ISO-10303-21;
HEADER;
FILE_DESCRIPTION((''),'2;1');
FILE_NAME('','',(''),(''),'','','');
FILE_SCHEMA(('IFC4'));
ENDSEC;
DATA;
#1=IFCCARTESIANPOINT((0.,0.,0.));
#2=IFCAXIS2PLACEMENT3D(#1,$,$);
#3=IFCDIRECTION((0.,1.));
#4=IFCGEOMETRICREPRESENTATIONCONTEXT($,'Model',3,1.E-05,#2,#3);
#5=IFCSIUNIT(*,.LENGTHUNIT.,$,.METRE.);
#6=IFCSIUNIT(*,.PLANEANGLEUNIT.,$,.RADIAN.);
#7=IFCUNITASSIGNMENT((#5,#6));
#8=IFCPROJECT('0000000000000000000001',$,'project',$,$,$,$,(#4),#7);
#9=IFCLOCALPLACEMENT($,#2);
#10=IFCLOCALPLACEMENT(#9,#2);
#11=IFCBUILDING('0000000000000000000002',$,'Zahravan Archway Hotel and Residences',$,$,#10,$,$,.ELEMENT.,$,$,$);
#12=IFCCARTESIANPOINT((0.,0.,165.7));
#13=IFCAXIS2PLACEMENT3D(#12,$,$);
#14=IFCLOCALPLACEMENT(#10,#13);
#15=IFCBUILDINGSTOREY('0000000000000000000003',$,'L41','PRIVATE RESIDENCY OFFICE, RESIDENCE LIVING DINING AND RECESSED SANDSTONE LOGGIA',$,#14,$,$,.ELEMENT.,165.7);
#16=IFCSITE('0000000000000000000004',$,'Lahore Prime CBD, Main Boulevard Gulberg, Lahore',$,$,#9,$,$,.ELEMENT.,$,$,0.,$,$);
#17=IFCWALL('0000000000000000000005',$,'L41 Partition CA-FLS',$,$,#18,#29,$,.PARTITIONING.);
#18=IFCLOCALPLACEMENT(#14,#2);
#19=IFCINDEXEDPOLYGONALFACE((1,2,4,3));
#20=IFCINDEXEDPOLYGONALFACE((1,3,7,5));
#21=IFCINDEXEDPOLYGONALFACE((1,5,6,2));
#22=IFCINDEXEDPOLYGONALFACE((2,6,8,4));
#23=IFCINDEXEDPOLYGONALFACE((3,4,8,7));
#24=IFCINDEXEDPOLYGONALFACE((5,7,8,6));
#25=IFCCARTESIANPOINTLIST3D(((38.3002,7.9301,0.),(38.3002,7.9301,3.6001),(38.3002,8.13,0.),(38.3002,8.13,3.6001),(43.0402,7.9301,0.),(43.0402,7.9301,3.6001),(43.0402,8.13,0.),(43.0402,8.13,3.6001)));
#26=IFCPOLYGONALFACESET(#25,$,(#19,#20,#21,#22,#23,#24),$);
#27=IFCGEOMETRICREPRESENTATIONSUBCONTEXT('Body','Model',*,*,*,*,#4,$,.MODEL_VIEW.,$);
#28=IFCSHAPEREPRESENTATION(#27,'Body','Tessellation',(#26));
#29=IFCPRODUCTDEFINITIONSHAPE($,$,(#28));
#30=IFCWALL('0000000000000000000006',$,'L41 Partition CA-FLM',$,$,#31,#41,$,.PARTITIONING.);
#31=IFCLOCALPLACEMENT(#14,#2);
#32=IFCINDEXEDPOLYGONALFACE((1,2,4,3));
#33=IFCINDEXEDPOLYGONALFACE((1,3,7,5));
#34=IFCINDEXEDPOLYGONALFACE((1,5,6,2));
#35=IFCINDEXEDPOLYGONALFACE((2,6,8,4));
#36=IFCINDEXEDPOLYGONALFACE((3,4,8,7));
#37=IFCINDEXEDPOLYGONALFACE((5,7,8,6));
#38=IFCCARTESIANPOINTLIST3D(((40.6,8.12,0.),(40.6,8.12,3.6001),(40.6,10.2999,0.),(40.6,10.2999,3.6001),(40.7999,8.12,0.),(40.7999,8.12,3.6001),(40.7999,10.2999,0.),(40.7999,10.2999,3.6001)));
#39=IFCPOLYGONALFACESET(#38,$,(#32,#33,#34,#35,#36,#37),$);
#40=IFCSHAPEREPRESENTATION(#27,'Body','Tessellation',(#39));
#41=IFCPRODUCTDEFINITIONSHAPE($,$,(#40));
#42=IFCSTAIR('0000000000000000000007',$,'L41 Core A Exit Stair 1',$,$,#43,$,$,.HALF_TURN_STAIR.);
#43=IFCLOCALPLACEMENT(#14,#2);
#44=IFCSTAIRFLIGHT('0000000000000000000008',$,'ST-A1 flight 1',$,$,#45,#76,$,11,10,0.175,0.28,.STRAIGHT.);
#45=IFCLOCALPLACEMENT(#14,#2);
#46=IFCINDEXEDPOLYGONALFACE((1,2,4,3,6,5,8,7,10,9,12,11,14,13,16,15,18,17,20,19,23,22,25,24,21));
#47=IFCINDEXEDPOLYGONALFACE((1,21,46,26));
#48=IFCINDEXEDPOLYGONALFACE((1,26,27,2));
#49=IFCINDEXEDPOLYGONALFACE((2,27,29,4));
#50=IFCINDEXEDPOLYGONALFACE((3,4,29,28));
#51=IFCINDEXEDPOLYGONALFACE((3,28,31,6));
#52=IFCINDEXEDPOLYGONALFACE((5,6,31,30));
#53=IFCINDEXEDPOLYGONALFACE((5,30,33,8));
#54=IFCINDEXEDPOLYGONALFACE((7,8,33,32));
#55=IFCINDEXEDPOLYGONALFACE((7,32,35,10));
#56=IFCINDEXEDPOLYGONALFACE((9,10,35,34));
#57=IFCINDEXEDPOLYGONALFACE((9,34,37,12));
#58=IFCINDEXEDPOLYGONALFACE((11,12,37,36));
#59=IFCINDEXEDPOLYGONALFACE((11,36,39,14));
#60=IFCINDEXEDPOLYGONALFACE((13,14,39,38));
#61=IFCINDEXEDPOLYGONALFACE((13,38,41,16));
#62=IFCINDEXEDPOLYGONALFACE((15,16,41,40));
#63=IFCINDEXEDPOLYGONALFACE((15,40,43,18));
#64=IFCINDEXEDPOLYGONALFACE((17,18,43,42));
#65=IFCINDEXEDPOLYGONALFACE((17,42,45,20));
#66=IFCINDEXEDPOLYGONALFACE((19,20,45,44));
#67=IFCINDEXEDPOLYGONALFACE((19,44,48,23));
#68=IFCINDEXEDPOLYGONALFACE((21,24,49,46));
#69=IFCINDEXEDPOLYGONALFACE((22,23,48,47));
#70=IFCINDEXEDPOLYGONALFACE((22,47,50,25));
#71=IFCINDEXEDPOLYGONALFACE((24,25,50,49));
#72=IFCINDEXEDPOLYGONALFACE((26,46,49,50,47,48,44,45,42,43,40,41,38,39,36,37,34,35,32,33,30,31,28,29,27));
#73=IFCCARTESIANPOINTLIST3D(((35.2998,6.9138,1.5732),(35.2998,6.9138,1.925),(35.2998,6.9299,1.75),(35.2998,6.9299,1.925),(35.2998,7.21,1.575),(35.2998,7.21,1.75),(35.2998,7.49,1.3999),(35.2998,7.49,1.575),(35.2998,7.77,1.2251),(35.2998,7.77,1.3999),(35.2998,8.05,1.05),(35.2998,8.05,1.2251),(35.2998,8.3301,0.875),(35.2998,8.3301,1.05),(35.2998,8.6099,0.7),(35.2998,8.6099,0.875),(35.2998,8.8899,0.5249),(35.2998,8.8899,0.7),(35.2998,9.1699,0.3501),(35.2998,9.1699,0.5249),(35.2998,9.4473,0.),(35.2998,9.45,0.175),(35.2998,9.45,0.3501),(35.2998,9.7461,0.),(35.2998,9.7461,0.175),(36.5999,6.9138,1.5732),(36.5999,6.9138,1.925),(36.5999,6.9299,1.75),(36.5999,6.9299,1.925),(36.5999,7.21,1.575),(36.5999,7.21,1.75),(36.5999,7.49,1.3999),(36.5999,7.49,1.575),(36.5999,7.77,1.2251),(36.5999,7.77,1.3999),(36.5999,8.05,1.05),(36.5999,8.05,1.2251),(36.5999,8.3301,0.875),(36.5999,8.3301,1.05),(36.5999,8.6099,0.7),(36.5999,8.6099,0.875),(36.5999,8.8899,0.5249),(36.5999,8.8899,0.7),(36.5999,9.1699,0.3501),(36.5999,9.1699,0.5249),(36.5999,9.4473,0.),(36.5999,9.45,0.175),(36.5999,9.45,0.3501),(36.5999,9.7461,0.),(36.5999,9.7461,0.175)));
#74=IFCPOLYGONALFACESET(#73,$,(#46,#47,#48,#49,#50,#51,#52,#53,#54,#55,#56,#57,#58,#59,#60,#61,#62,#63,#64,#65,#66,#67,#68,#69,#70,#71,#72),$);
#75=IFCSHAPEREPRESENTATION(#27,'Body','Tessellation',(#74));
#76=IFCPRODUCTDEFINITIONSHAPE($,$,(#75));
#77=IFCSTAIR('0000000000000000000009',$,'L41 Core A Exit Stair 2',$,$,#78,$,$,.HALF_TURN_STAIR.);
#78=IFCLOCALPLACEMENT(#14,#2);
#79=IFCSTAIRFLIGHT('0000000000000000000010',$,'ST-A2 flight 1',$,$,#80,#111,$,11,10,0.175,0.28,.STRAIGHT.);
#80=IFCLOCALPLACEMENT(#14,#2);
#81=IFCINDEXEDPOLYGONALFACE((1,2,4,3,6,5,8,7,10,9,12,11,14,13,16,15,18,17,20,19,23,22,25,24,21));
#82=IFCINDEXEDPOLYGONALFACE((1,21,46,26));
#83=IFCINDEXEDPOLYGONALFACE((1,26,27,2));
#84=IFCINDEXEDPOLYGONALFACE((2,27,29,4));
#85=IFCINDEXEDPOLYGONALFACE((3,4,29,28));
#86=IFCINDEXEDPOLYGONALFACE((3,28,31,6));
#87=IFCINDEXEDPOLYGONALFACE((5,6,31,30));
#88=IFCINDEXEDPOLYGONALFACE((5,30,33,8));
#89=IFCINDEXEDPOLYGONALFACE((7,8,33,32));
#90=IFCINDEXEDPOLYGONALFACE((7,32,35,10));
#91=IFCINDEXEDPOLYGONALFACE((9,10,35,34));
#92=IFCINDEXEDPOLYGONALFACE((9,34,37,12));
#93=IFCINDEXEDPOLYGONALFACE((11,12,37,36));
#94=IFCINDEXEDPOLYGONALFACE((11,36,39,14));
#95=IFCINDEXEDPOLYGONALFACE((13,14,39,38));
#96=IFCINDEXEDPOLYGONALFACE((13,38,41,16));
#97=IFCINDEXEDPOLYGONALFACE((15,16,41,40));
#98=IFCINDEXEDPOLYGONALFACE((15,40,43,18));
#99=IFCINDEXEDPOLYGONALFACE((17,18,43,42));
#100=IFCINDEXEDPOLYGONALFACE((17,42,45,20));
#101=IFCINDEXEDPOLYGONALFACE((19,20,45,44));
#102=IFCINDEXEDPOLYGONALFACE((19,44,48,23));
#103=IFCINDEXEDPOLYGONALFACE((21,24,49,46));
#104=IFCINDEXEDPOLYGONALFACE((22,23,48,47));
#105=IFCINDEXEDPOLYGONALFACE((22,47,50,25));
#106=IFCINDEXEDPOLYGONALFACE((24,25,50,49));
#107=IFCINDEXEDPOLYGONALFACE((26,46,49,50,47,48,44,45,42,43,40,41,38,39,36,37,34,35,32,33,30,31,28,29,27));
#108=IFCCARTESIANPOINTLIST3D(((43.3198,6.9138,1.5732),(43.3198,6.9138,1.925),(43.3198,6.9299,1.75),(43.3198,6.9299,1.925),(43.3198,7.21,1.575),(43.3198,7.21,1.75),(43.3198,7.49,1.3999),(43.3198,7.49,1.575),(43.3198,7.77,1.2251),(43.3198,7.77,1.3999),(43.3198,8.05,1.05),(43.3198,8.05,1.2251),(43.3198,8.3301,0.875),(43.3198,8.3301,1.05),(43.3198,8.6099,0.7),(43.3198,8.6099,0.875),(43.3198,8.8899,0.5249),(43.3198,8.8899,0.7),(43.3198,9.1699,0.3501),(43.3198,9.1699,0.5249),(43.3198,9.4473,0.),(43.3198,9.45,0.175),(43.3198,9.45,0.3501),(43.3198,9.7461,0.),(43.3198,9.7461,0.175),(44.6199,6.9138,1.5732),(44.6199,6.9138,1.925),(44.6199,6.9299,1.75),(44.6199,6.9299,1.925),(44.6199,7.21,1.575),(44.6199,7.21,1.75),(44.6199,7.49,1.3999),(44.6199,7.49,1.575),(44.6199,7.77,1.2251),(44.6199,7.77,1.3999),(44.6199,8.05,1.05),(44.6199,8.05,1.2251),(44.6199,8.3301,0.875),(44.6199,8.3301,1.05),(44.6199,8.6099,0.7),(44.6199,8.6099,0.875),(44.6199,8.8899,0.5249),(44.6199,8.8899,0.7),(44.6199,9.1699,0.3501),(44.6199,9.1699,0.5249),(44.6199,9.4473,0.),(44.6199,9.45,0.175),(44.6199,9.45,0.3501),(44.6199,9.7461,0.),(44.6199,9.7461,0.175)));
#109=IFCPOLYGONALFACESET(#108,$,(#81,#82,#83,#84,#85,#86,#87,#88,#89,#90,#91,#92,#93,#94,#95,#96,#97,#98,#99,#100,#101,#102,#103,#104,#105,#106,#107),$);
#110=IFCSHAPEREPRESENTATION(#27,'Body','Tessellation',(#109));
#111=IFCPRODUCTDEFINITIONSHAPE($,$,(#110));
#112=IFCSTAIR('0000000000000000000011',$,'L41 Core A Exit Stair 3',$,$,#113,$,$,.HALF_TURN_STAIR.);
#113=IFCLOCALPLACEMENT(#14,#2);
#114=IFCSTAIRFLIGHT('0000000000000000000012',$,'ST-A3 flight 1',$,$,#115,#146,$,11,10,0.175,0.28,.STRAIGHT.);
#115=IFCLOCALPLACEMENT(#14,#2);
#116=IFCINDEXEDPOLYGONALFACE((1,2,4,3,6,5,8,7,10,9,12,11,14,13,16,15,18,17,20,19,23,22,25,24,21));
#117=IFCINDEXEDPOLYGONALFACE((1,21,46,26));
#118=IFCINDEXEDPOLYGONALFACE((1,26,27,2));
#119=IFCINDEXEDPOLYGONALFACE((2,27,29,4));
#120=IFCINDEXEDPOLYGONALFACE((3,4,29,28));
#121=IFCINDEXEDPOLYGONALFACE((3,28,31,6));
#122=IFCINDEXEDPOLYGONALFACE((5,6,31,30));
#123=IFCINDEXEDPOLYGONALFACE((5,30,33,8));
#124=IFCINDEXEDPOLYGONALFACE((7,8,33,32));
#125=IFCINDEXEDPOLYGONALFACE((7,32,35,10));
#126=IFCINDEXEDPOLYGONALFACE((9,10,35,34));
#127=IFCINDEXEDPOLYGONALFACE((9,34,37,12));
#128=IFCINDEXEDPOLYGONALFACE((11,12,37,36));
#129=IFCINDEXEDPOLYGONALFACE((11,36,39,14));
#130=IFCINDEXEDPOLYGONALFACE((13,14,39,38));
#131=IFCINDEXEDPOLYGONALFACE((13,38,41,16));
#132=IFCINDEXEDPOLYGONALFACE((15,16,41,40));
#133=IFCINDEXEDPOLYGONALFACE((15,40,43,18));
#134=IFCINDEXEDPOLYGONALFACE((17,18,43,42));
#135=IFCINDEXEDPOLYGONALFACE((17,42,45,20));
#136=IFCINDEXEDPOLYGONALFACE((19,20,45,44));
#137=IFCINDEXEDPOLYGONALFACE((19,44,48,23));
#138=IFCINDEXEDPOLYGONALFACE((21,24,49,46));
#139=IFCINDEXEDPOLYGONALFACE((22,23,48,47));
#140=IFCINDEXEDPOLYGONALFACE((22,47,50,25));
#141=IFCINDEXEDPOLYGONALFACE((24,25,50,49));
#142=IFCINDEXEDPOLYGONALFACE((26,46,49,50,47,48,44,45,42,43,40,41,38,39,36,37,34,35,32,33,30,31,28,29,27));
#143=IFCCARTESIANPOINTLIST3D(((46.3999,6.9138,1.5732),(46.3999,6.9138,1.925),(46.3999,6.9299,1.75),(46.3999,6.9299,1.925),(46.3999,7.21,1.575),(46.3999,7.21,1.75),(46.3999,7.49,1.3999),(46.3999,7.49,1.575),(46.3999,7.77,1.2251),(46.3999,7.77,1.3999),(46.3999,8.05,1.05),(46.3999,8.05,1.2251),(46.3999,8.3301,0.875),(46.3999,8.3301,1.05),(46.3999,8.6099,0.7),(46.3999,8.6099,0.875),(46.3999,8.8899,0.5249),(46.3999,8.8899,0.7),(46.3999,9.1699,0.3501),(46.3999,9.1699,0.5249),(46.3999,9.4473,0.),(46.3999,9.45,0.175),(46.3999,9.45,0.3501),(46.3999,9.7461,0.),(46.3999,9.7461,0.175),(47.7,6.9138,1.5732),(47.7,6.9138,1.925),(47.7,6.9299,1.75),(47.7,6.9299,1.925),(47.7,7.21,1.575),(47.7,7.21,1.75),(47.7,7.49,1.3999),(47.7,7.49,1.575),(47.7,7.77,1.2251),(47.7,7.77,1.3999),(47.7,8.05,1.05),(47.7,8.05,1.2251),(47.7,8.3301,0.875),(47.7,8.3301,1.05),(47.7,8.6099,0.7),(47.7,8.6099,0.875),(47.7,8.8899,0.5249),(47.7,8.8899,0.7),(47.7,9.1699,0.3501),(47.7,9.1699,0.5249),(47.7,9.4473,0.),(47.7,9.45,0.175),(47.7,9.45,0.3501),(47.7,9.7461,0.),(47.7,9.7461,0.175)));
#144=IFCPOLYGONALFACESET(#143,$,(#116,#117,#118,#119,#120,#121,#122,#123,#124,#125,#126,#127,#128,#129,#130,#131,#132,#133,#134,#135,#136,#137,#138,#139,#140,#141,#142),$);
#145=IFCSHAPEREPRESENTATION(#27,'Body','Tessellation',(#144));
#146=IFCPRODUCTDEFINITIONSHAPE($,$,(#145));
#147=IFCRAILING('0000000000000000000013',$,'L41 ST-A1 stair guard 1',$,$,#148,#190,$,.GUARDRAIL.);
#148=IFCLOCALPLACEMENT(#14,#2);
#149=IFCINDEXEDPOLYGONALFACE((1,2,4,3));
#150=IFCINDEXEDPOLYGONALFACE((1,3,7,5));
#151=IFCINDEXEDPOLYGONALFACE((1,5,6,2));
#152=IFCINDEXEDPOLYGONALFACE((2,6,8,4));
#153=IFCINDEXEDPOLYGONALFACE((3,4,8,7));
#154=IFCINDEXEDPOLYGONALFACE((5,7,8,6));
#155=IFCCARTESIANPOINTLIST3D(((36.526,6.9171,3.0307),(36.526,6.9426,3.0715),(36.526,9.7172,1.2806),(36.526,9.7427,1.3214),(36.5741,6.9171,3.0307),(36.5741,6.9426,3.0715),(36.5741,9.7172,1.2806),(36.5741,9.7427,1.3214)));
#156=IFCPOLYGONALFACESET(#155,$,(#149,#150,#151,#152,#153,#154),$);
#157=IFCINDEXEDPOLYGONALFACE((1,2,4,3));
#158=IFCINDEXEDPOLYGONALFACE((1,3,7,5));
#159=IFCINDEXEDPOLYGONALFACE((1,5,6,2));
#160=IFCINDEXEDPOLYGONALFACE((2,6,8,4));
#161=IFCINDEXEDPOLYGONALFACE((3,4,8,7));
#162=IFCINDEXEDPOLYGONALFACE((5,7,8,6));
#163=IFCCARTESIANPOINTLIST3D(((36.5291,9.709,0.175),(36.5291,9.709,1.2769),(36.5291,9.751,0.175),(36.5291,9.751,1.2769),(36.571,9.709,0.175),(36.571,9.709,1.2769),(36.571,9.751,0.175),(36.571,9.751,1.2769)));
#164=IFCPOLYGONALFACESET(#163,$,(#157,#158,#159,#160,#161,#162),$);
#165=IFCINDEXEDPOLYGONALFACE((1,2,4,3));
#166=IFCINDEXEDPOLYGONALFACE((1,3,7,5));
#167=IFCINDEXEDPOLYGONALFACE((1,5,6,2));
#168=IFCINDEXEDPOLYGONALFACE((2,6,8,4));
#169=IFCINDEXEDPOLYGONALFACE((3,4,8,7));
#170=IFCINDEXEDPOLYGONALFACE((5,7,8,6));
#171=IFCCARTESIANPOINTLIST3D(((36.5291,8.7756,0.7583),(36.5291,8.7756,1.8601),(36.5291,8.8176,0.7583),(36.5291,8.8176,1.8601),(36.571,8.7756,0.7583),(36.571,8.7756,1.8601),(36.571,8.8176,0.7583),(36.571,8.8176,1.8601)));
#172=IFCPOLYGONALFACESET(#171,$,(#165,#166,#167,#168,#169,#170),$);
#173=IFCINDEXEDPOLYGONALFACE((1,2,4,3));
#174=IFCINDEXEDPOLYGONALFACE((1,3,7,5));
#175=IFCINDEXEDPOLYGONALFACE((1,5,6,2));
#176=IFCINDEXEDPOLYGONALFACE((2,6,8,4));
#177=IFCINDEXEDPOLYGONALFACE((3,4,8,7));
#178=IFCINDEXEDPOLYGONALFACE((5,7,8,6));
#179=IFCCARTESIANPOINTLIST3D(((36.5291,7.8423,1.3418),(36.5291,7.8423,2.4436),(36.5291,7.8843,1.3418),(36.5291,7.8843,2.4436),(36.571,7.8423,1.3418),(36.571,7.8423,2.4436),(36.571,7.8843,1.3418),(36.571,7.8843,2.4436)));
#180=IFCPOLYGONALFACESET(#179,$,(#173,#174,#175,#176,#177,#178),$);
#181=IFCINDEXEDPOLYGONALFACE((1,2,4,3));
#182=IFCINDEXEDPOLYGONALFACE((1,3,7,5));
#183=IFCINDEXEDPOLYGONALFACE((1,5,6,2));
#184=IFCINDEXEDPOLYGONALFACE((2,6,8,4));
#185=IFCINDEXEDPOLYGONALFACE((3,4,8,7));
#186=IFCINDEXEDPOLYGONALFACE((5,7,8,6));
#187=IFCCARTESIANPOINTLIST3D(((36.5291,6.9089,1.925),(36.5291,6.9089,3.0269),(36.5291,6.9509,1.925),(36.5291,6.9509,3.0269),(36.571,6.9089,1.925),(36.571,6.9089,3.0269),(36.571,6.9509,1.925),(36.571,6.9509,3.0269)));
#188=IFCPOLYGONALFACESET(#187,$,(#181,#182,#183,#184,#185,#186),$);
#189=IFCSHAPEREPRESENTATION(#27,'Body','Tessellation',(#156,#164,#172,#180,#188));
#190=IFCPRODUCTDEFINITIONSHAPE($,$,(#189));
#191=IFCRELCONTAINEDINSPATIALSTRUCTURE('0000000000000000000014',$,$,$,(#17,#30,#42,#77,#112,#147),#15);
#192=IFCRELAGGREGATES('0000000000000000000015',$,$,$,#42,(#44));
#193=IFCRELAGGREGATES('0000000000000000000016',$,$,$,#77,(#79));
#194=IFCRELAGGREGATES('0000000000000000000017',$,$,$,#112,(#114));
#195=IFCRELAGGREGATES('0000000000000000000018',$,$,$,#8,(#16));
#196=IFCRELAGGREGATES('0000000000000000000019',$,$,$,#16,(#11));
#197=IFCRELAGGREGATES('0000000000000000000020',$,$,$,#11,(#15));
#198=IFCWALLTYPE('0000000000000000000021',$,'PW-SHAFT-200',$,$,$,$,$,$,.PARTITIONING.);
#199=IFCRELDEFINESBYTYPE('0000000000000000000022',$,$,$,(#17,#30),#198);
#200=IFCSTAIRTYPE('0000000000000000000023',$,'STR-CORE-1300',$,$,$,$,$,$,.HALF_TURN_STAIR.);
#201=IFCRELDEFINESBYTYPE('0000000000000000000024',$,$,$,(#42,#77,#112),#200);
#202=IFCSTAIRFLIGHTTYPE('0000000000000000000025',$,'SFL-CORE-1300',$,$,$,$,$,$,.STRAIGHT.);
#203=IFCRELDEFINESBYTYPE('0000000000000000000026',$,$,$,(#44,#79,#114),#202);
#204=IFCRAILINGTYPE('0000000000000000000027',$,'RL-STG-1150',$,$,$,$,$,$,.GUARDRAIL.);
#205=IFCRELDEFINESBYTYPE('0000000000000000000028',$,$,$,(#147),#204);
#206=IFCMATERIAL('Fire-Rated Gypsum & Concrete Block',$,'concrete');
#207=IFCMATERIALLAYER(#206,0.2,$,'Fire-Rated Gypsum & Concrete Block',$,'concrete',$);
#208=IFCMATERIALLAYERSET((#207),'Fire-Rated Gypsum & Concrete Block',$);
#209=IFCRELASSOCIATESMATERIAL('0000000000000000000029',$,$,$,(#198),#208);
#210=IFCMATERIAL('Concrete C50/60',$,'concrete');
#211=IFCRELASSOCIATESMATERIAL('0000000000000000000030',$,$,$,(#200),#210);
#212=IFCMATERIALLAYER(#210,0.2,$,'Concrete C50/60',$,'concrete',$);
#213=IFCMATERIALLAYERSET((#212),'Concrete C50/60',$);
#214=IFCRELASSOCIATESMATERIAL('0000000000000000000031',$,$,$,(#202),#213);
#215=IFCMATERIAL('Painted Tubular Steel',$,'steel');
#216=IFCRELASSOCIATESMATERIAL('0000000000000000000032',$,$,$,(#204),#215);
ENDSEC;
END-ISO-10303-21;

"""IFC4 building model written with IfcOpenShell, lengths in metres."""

from ifc_helpers import new_model, si_unit, direction, frame, frame_2d, origin, origin_2d, place, context, subcontext, project, spatial, polyline, rectangle, outline, extrude, source, transform, mapped, material, layer, layer_set, type_object, element, aggregate, save


model = new_model("IFC4")

# Units and contexts
model_context = context("Model", 3, precision=1e-05, world=origin(), true_north=direction((0.0, 1.0)))
body_context = subcontext(model_context, "Body", "Model", "MODEL_VIEW")
ifc_project = project(units=[si_unit("LENGTHUNIT", "METRE"), si_unit("PLANEANGLEUNIT", "RADIAN")], contexts=[model_context])

# Site, building, storey
site_placement = place(None, origin())
site = spatial("IfcSite", under=ifc_project, at=site_placement, Name="Lahore Prime CBD, Main Boulevard Gulberg, Lahore", CompositionType="ELEMENT", RefElevation=0.0)
building_placement = place(site_placement, origin())
building = spatial("IfcBuilding", under=site, at=building_placement, Name="Zahravan Archway Hotel and Residences", CompositionType="ELEMENT")
storey_placement = place(building_placement, frame((0.0, 0.0, 165.7)))
storey = spatial("IfcBuildingStorey", under=building, at=storey_placement, Name="L41", Description="PRIVATE RESIDENCY OFFICE, RESIDENCE LIVING DINING AND RECESSED SANDSTONE LOGGIA", CompositionType="ELEMENT", Elevation=165.7)

# Walls
ifc_material_1 = material(Name="Fire-Rated Gypsum & Concrete Block", Category="concrete")
ifc_layer_1 = layer(ifc_material_1, 0.2, Name="Fire-Rated Gypsum & Concrete Block", Category="concrete")
ifc_layer_set_1 = layer_set([ifc_layer_1], Name="Fire-Rated Gypsum & Concrete Block")
wall_type = type_object("IfcWallType", Name="PW-SHAFT-200", PredefinedType="PARTITIONING", material=ifc_layer_set_1)
wall_1_placement = place(storey_placement, frame((38.3, 8.03, 0.0), z_axis=(0.0, 0.0, 1.0), x_axis=(1.0, 0.0, 0.0)))
element("IfcWall", 1, at=wall_1_placement, inside=storey, type_object=wall_type, Name="L41 Partition CA-FLS", PredefinedType="PARTITIONING", context=body_context, shape_type="SweptSolid", body=[
    extrude(rectangle(XDim=4.74, YDim=0.2, at=frame_2d((2.3701, 0.0))), origin(), (0.0, 0.0, 1.0), 3.6001),
])
wall_2_placement = place(storey_placement, frame((40.7, 8.1201, 0.0), z_axis=(0.0, 0.0, 1.0), x_axis=(0.0, 1.0, 0.0)))
element("IfcWall", 2, at=wall_2_placement, inside=storey, type_object=wall_type, Name="L41 Partition CA-FLM", PredefinedType="PARTITIONING", context=body_context, shape_type="SweptSolid", body=[
    extrude(rectangle(XDim=2.1799, YDim=0.2, at=frame_2d((1.0898, 0.0))), origin(), (0.0, 0.0, 1.0), 3.6001),
])

# Stairs, stair flights
ifc_material_2 = material(Name="Concrete C50/60", Category="concrete")
stair_type = type_object("IfcStairType", Name="STR-CORE-1300", PredefinedType="HALF_TURN_STAIR", material=ifc_material_2)
stair_1_placement = place(storey_placement, origin())
stair_1 = element("IfcStair", 3, at=stair_1_placement, inside=storey, type_object=stair_type, Name="L41 Core A Exit Stair 1", PredefinedType="HALF_TURN_STAIR")
ifc_layer_2 = layer(ifc_material_2, 0.2, Name="Concrete C50/60", Category="concrete")
ifc_layer_set_2 = layer_set([ifc_layer_2], Name="Concrete C50/60")
stair_flight_type = type_object("IfcStairFlightType", Name="SFL-CORE-1300", PredefinedType="STRAIGHT", material=ifc_layer_set_2)
shared_shape = source(origin(), body_context, "Body", "SweptSolid", [
    extrude(outline(polyline([(-0.0161, 0.0), (-0.0161, 0.175), (0.28, 0.175), (0.28, 0.3501), (0.5601, 0.3501), (0.5601, 0.5249), (0.8401, 0.5249), (0.8401, 0.7), (1.1201, 0.7), (1.1201, 0.875), (1.3999, 0.875), (1.3999, 1.05), (1.6799, 1.05), (1.6799, 1.2251), (1.96, 1.2251), (1.96, 1.3999), (2.24, 1.3999), (2.24, 1.575), (2.52, 1.575), (2.52, 1.75), (2.8, 1.75), (2.8, 1.925), (2.8162, 1.925), (2.8162, 1.5732), (0.2827, 0.0), (-0.0161, 0.0)])), frame((0.0, 0.6499, 0.0), z_axis=(0.0, -1.0, 0.0), x_axis=(1.0, 0.0, 0.0)), (0.0, 0.0, 1.0), 1.3),
])
stair_flight_1_placement = place(storey_placement, frame((35.95, 9.73, 0.0), z_axis=(0.0, 0.0, 1.0), x_axis=(0.0, -1.0, 0.0)))
stair_flight_1 = element("IfcStairFlight", 4, at=stair_flight_1_placement, type_object=stair_flight_type, Name="ST-A1 flight 1", NumberOfRisers=11, NumberOfTreads=10, PredefinedType="STRAIGHT", RiserHeight=0.175, TreadLength=0.28, context=body_context, shape_type="MappedRepresentation", body=[
    mapped(shared_shape, transform((0.0, 0.0, 0.0), scale=1.0)),
])
aggregate(stair_1, [stair_flight_1])
stair_2_placement = place(storey_placement, origin())
stair_2 = element("IfcStair", 5, at=stair_2_placement, inside=storey, type_object=stair_type, Name="L41 Core A Exit Stair 2", PredefinedType="HALF_TURN_STAIR")
stair_flight_2_placement = place(storey_placement, frame((43.97, 9.73, 0.0), z_axis=(0.0, 0.0, 1.0), x_axis=(0.0, -1.0, 0.0)))
stair_flight_2 = element("IfcStairFlight", 6, at=stair_flight_2_placement, type_object=stair_flight_type, Name="ST-A2 flight 1", NumberOfRisers=11, NumberOfTreads=10, PredefinedType="STRAIGHT", RiserHeight=0.175, TreadLength=0.28, context=body_context, shape_type="MappedRepresentation", body=[
    mapped(shared_shape, transform((0.0, 0.0, 0.0), scale=1.0)),
])
aggregate(stair_2, [stair_flight_2])
stair_3_placement = place(storey_placement, origin())
stair_3 = element("IfcStair", 7, at=stair_3_placement, inside=storey, type_object=stair_type, Name="L41 Core A Exit Stair 3", PredefinedType="HALF_TURN_STAIR")
stair_flight_3_placement = place(storey_placement, frame((47.05, 9.73, 0.0), z_axis=(0.0, 0.0, 1.0), x_axis=(0.0, -1.0, 0.0)))
stair_flight_3 = element("IfcStairFlight", 8, at=stair_flight_3_placement, type_object=stair_flight_type, Name="ST-A3 flight 1", NumberOfRisers=11, NumberOfTreads=10, PredefinedType="STRAIGHT", RiserHeight=0.175, TreadLength=0.28, context=body_context, shape_type="MappedRepresentation", body=[
    mapped(shared_shape, transform((0.0, 0.0, 0.0), scale=1.0)),
])
aggregate(stair_3, [stair_flight_3])

# Railing
ifc_material_3 = material(Name="Painted Tubular Steel", Category="steel")
railing_type_1 = type_object("IfcRailingType", Name="RL-STG-1150", PredefinedType="GUARDRAIL", material=ifc_material_3)
railing_1_placement = place(storey_placement, frame((36.55, 9.73, 0.175)))
element("IfcRailing", 9, at=railing_1_placement, inside=storey, type_object=railing_type_1, Name="L41 ST-A1 stair guard 1", PredefinedType="GUARDRAIL", context=body_context, shape_type="SweptSolid", body=[
    extrude(rectangle(XDim=0.0481, YDim=0.0481, at=origin_2d()), frame((0.0, 0.0, 1.126), z_axis=(0.0, -0.848002, 0.529992), x_axis=(1.0, 0.0, 0.0)), (0.0, 0.0, 1.0), 3.302),
    extrude(rectangle(XDim=0.042, YDim=0.042, at=origin_2d()), origin(), (0.0, 0.0, 1.0), 1.1018),
    extrude(rectangle(XDim=0.042, YDim=0.042, at=origin_2d()), frame((0.0, -0.9333, 0.5833)), (0.0, 0.0, 1.0), 1.1018),
    extrude(rectangle(XDim=0.042, YDim=0.042, at=origin_2d()), frame((0.0, -1.8667, 1.1667)), (0.0, 0.0, 1.0), 1.1018),
    extrude(rectangle(XDim=0.042, YDim=0.042, at=origin_2d()), frame((0.0, -2.8, 1.75)), (0.0, 0.0, 1.0), 1.1018),
])

save(model, "model.ifc")
